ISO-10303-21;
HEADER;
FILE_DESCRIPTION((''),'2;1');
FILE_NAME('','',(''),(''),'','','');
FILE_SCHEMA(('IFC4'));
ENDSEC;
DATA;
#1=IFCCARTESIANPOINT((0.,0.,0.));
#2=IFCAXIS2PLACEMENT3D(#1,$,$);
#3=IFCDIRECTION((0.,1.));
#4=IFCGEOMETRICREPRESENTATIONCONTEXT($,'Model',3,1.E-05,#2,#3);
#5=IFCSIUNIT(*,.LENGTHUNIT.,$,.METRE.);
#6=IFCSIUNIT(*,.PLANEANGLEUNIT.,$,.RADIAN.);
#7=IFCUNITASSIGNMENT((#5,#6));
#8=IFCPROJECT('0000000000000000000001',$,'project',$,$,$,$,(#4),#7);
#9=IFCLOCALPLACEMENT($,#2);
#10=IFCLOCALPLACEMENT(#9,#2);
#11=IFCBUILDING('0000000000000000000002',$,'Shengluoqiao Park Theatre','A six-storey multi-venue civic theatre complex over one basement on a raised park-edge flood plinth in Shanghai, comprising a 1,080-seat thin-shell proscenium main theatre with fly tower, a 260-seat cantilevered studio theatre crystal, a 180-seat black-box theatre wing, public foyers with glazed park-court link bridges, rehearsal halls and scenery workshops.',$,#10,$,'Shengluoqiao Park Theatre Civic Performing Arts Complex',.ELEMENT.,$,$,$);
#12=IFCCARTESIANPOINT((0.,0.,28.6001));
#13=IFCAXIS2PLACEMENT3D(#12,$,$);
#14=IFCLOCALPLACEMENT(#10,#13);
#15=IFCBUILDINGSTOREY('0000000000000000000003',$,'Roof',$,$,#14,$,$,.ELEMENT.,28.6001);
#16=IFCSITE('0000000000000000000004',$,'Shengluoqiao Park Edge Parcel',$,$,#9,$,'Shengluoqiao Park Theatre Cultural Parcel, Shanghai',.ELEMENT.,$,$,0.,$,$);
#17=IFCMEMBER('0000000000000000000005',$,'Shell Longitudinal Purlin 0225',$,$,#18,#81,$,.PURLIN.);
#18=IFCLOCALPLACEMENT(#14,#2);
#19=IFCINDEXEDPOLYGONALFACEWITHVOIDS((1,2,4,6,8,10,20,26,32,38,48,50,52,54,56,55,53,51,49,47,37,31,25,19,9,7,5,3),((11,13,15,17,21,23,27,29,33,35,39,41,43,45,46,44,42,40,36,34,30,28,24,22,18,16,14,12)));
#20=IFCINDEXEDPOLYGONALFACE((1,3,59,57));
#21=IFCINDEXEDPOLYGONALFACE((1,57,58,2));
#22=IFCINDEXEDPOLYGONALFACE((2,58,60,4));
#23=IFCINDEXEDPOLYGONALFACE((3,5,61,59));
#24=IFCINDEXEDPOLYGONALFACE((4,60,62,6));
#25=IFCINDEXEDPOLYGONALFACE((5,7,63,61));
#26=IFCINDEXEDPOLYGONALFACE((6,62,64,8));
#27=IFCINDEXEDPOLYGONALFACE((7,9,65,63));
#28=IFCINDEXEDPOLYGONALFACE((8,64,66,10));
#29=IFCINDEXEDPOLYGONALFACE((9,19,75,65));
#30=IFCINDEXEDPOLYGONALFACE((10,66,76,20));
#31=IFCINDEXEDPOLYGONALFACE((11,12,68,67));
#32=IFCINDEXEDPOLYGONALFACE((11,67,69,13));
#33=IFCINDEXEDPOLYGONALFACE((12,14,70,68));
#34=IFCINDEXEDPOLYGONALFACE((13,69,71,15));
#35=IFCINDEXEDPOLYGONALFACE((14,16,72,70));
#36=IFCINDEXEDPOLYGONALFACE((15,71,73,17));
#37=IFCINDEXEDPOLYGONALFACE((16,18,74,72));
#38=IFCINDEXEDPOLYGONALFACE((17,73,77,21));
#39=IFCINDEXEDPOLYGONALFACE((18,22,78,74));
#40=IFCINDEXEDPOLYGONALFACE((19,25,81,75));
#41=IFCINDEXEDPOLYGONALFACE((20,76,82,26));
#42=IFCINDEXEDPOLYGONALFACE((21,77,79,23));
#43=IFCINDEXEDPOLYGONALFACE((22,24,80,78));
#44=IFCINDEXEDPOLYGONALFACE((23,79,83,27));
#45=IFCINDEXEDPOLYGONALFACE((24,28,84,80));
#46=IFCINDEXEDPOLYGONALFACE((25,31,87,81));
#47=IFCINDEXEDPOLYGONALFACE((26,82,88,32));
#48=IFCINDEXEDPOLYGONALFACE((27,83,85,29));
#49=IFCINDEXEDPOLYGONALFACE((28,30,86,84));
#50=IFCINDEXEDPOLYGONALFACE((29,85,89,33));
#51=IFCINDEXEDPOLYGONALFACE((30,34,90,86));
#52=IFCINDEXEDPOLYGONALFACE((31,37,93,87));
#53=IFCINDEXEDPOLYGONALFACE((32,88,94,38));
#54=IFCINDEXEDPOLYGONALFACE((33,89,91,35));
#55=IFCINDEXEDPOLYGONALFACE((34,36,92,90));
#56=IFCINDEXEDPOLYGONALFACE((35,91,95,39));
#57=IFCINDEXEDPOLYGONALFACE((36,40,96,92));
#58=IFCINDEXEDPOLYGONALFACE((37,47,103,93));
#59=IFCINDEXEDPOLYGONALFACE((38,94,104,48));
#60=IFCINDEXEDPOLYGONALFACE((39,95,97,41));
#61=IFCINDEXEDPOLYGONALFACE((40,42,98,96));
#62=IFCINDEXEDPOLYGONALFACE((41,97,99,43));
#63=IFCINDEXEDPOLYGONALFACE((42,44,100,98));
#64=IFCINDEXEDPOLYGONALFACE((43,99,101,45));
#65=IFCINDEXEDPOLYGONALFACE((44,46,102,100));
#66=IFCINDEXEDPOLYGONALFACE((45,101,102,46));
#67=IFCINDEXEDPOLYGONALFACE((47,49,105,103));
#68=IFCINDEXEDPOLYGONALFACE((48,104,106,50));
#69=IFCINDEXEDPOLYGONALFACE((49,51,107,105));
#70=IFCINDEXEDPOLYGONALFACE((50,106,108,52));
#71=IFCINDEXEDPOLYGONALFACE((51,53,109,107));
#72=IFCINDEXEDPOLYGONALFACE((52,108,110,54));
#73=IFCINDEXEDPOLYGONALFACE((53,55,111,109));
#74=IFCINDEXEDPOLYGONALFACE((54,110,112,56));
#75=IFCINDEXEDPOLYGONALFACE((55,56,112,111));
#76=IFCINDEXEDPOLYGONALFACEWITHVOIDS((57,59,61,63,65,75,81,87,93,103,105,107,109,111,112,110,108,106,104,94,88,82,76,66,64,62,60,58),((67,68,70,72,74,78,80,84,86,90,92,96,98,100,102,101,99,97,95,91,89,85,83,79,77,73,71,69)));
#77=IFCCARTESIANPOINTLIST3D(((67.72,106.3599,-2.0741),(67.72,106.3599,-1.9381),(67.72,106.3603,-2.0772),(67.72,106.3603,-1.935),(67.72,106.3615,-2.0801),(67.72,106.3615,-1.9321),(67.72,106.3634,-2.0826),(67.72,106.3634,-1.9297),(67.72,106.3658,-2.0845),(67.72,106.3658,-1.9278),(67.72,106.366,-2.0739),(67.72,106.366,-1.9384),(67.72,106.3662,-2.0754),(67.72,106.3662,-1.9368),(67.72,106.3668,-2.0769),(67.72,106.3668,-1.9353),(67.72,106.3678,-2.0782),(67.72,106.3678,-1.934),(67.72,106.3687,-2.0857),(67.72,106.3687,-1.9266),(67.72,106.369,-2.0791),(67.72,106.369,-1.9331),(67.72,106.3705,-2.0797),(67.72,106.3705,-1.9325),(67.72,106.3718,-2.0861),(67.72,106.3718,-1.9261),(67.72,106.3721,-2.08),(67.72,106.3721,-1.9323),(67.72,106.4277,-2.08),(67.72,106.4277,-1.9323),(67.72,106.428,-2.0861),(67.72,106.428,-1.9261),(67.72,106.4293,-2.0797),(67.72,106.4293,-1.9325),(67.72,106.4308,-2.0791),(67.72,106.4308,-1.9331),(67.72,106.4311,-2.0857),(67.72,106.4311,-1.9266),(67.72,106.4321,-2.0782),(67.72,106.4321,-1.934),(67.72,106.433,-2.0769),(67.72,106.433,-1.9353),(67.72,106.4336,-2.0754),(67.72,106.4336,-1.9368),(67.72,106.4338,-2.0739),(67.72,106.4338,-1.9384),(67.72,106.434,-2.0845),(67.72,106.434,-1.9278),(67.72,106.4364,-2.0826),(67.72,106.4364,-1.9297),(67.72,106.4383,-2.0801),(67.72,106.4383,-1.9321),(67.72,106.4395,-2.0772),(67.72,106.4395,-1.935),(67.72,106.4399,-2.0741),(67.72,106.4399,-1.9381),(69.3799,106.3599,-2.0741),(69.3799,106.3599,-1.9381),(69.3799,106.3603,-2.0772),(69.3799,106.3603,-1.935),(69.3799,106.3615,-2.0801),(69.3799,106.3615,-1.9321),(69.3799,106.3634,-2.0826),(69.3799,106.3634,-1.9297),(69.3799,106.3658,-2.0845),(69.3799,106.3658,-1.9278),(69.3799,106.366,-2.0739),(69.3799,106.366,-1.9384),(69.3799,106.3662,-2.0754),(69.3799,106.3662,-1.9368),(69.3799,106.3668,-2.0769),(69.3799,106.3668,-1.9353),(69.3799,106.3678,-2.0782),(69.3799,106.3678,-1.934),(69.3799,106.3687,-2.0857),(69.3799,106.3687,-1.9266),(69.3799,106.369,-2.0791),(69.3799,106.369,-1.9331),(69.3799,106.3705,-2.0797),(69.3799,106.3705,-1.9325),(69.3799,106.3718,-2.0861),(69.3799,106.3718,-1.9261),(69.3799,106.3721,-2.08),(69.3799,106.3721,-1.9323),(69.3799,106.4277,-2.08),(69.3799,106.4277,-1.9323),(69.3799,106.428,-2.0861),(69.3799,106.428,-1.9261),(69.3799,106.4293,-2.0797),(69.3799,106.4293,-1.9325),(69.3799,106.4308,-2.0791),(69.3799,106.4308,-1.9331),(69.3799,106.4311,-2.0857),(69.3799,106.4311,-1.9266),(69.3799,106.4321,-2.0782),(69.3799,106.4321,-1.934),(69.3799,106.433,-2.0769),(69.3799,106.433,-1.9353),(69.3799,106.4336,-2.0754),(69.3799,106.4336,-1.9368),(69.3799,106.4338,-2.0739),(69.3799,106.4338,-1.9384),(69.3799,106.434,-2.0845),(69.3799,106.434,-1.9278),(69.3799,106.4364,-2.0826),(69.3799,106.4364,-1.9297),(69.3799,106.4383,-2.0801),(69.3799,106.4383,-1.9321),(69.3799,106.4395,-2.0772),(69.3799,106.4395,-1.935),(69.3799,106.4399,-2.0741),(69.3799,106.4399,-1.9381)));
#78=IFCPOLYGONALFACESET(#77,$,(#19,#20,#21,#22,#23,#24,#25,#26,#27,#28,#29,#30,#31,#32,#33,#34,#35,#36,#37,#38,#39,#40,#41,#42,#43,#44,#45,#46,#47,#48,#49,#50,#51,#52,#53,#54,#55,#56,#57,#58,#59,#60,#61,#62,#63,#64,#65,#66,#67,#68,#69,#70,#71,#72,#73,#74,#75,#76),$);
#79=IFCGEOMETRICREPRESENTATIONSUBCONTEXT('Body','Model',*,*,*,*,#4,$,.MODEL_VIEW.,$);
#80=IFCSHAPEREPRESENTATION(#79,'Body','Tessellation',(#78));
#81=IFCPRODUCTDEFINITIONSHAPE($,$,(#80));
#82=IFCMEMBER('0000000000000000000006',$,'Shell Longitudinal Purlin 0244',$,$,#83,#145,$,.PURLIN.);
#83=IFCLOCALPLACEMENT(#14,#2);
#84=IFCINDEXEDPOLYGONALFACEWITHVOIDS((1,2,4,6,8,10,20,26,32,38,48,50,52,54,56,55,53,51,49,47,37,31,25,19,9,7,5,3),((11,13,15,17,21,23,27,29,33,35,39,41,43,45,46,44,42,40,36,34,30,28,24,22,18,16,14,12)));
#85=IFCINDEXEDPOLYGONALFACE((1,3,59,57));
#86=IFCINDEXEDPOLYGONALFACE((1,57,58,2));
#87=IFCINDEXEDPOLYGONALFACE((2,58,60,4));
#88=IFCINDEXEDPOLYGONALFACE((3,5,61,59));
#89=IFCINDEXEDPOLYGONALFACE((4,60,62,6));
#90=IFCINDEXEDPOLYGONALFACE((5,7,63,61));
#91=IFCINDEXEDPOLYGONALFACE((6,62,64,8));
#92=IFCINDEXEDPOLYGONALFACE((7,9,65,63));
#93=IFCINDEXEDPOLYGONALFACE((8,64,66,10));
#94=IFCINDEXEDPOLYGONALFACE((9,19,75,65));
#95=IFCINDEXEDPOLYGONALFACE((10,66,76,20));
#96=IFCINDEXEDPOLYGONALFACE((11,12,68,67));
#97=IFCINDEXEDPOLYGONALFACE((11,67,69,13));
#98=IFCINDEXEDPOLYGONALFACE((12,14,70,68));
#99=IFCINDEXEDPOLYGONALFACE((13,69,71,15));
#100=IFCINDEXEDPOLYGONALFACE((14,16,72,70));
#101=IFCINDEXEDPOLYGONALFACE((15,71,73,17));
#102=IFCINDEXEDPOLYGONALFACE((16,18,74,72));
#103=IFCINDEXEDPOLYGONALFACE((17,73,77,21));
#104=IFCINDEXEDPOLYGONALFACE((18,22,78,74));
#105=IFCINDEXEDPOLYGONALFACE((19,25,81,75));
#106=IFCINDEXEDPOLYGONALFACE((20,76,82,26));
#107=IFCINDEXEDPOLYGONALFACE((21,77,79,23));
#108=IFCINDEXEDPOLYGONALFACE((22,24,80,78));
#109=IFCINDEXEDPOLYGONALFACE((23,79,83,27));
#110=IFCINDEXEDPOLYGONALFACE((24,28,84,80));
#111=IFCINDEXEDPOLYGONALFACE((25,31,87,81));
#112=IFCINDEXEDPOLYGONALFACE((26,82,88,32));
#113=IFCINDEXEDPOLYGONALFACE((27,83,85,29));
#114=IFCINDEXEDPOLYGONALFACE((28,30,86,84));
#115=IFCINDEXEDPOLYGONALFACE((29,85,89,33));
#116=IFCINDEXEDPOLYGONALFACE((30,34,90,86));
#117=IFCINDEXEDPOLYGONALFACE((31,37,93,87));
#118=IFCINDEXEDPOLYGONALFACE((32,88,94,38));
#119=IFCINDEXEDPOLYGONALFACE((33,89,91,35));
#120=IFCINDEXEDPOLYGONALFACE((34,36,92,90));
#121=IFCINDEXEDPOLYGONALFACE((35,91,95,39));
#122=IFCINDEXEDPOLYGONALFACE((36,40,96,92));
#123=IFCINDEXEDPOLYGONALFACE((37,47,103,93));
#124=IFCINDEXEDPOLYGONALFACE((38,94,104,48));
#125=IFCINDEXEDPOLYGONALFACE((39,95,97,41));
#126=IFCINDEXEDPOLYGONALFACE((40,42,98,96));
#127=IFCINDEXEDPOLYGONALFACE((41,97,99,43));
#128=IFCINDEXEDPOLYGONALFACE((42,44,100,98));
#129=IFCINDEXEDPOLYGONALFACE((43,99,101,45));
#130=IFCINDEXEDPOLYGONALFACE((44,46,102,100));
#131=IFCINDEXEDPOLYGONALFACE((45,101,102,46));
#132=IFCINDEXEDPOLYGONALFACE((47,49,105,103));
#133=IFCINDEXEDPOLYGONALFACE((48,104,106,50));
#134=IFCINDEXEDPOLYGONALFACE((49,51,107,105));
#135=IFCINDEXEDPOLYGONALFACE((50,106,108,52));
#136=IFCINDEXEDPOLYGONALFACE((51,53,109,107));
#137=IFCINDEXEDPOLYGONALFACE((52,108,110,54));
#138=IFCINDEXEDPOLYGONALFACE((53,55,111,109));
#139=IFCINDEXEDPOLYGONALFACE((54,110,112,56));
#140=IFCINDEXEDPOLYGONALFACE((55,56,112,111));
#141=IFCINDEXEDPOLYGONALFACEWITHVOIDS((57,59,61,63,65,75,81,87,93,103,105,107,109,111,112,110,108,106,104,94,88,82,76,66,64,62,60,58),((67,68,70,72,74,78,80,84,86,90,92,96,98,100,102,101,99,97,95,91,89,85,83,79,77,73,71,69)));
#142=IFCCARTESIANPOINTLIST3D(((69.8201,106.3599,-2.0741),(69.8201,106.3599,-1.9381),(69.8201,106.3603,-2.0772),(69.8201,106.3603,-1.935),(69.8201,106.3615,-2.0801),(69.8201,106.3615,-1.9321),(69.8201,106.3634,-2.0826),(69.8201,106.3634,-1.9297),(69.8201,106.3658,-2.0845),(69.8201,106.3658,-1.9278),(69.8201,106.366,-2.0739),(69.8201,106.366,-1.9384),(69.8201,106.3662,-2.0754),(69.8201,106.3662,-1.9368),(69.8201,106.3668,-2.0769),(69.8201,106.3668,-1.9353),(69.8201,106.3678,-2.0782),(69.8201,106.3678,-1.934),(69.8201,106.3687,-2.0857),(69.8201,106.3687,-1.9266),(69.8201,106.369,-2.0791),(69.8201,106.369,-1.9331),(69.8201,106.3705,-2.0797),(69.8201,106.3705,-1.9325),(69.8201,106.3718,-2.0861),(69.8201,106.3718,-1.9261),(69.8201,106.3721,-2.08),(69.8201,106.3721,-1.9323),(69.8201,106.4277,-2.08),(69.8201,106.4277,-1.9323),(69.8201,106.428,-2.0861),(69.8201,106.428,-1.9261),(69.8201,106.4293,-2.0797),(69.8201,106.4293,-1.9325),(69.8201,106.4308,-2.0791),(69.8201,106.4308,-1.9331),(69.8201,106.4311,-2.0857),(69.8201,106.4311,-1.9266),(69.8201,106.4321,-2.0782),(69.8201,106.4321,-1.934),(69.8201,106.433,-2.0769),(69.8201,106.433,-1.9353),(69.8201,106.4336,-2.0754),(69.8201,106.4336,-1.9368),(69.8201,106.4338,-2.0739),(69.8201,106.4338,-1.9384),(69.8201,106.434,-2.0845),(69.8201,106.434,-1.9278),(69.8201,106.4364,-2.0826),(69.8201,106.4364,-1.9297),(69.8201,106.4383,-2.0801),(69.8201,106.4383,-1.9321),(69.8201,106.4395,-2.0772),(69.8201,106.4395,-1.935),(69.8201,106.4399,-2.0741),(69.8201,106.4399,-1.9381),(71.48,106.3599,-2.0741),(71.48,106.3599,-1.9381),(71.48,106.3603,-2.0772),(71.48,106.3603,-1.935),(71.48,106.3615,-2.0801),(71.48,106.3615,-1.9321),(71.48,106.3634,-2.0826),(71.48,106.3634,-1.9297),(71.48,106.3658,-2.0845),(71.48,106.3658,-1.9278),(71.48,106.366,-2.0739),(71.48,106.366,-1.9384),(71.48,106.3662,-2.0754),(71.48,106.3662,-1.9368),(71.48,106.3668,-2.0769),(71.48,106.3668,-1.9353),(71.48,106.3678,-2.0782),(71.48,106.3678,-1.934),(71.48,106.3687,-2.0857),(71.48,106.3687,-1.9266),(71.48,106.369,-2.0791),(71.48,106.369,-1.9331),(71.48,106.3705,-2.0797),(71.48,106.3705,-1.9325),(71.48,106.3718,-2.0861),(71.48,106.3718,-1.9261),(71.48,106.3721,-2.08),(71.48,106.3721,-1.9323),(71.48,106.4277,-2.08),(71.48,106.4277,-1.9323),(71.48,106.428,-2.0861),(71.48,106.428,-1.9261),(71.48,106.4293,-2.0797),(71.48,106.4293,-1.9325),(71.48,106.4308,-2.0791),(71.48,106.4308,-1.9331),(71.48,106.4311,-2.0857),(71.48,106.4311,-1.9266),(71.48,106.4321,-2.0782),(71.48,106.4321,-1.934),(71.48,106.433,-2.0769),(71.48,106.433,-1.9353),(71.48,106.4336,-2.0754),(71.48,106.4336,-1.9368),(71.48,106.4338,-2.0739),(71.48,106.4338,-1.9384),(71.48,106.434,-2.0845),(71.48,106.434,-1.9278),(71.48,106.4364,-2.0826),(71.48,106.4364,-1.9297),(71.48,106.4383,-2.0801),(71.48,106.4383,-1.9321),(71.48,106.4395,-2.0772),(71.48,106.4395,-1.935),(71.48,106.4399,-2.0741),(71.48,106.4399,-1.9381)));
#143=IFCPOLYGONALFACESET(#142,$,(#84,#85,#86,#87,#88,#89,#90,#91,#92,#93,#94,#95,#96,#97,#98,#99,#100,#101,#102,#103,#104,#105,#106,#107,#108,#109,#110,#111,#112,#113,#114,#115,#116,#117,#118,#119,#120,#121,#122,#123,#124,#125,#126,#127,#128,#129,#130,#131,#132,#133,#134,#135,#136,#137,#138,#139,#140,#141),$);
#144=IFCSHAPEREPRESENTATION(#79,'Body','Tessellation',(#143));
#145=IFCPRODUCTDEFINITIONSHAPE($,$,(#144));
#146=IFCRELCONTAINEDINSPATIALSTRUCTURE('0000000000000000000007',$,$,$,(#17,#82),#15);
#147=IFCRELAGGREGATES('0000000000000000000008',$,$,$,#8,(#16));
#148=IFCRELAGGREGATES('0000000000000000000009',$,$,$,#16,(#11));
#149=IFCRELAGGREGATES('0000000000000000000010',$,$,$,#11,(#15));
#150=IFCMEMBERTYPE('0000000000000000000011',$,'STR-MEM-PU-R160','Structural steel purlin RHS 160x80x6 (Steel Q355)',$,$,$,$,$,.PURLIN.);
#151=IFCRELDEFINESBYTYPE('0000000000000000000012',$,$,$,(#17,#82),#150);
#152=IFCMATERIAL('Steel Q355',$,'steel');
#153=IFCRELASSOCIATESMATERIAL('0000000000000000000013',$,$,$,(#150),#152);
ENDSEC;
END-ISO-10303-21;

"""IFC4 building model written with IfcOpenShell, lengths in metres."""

from ifc_helpers import new_model, si_unit, direction, frame, origin, origin_2d, place, context, subcontext, project, spatial, hollow_rectangle, extrude, material, material_profile, profile_set, type_object, element, save


model = new_model("IFC4")

# Units and contexts
model_context = context("Model", 3, precision=1e-05, world=origin(), true_north=direction((0.0, 1.0)))
body_context = subcontext(model_context, "Body", "Model", "MODEL_VIEW")
ifc_project = project(units=[si_unit("LENGTHUNIT", "METRE"), si_unit("PLANEANGLEUNIT", "RADIAN")], contexts=[model_context])

# Site, building, storey
site_placement = place(None, origin())
site = spatial("IfcSite", under=ifc_project, at=site_placement, Name="Shengluoqiao Park Edge Parcel", LongName="Shengluoqiao Park Theatre Cultural Parcel, Shanghai", CompositionType="ELEMENT", RefElevation=0.0)
building_placement = place(site_placement, origin())
building = spatial("IfcBuilding", under=site, at=building_placement, Name="Shengluoqiao Park Theatre", Description="A six-storey multi-venue civic theatre complex over one basement on a raised park-edge flood plinth in Shanghai, comprising a 1,080-seat thin-shell proscenium main theatre with fly tower, a 260-seat cantilevered studio theatre crystal, a 180-seat black-box theatre wing, public foyers with glazed park-court link bridges, rehearsal halls and scenery workshops.", LongName="Shengluoqiao Park Theatre Civic Performing Arts Complex", CompositionType="ELEMENT")
storey_placement = place(building_placement, frame((0.0, 0.0, 28.6001)))
storey = spatial("IfcBuildingStorey", under=building, at=storey_placement, Name="Roof", CompositionType="ELEMENT", Elevation=28.6001)

# Shared definitions
ifc_material_1 = material(Name="Steel Q355", Category="steel")

# Members
ifc_material_profile_1 = material_profile(ifc_material_1, hollow_rectangle(XDim=0.0801, YDim=0.1599, WallThickness=0.0061, InnerFilletRadius=0.0061, OuterFilletRadius=0.012, at=origin_2d()), Name="RHS 160x80x6")
ifc_profile_set_1 = profile_set([ifc_material_profile_1], Name="Steel Q355")
member_type_1 = type_object("IfcMemberType", Name="STR-MEM-PU-R160", Description="Structural steel purlin RHS 160x80x6 (Steel Q355)", PredefinedType="PURLIN", material=ifc_profile_set_1)
for number, where, z_axis, x_axis, name in (
    (1, (67.72, 106.3999, -2.0061), (1.0, 0.0, 0.0), (0.0, 1.0, 0.0), "Shell Longitudinal Purlin 0225"),
    (2, (69.8201, 106.3999, -2.0061), (1.0, 0.0, 0.0), (0.0, 1.0, 0.0), "Shell Longitudinal Purlin 0244"),
):
    element("IfcMember", number, at=place(storey_placement, frame(where, z_axis=z_axis, x_axis=x_axis)), inside=storey, type_object=member_type_1, Name=name, PredefinedType="PURLIN", context=body_context, shape_type="SweptSolid", body=[
        extrude(hollow_rectangle(XDim=0.0801, YDim=0.1599, WallThickness=0.0061, InnerFilletRadius=0.0061, OuterFilletRadius=0.012, at=origin_2d()), origin(), (0.0, 0.0, 1.0), 1.6599),
    ])

save(model, "model.ifc")
